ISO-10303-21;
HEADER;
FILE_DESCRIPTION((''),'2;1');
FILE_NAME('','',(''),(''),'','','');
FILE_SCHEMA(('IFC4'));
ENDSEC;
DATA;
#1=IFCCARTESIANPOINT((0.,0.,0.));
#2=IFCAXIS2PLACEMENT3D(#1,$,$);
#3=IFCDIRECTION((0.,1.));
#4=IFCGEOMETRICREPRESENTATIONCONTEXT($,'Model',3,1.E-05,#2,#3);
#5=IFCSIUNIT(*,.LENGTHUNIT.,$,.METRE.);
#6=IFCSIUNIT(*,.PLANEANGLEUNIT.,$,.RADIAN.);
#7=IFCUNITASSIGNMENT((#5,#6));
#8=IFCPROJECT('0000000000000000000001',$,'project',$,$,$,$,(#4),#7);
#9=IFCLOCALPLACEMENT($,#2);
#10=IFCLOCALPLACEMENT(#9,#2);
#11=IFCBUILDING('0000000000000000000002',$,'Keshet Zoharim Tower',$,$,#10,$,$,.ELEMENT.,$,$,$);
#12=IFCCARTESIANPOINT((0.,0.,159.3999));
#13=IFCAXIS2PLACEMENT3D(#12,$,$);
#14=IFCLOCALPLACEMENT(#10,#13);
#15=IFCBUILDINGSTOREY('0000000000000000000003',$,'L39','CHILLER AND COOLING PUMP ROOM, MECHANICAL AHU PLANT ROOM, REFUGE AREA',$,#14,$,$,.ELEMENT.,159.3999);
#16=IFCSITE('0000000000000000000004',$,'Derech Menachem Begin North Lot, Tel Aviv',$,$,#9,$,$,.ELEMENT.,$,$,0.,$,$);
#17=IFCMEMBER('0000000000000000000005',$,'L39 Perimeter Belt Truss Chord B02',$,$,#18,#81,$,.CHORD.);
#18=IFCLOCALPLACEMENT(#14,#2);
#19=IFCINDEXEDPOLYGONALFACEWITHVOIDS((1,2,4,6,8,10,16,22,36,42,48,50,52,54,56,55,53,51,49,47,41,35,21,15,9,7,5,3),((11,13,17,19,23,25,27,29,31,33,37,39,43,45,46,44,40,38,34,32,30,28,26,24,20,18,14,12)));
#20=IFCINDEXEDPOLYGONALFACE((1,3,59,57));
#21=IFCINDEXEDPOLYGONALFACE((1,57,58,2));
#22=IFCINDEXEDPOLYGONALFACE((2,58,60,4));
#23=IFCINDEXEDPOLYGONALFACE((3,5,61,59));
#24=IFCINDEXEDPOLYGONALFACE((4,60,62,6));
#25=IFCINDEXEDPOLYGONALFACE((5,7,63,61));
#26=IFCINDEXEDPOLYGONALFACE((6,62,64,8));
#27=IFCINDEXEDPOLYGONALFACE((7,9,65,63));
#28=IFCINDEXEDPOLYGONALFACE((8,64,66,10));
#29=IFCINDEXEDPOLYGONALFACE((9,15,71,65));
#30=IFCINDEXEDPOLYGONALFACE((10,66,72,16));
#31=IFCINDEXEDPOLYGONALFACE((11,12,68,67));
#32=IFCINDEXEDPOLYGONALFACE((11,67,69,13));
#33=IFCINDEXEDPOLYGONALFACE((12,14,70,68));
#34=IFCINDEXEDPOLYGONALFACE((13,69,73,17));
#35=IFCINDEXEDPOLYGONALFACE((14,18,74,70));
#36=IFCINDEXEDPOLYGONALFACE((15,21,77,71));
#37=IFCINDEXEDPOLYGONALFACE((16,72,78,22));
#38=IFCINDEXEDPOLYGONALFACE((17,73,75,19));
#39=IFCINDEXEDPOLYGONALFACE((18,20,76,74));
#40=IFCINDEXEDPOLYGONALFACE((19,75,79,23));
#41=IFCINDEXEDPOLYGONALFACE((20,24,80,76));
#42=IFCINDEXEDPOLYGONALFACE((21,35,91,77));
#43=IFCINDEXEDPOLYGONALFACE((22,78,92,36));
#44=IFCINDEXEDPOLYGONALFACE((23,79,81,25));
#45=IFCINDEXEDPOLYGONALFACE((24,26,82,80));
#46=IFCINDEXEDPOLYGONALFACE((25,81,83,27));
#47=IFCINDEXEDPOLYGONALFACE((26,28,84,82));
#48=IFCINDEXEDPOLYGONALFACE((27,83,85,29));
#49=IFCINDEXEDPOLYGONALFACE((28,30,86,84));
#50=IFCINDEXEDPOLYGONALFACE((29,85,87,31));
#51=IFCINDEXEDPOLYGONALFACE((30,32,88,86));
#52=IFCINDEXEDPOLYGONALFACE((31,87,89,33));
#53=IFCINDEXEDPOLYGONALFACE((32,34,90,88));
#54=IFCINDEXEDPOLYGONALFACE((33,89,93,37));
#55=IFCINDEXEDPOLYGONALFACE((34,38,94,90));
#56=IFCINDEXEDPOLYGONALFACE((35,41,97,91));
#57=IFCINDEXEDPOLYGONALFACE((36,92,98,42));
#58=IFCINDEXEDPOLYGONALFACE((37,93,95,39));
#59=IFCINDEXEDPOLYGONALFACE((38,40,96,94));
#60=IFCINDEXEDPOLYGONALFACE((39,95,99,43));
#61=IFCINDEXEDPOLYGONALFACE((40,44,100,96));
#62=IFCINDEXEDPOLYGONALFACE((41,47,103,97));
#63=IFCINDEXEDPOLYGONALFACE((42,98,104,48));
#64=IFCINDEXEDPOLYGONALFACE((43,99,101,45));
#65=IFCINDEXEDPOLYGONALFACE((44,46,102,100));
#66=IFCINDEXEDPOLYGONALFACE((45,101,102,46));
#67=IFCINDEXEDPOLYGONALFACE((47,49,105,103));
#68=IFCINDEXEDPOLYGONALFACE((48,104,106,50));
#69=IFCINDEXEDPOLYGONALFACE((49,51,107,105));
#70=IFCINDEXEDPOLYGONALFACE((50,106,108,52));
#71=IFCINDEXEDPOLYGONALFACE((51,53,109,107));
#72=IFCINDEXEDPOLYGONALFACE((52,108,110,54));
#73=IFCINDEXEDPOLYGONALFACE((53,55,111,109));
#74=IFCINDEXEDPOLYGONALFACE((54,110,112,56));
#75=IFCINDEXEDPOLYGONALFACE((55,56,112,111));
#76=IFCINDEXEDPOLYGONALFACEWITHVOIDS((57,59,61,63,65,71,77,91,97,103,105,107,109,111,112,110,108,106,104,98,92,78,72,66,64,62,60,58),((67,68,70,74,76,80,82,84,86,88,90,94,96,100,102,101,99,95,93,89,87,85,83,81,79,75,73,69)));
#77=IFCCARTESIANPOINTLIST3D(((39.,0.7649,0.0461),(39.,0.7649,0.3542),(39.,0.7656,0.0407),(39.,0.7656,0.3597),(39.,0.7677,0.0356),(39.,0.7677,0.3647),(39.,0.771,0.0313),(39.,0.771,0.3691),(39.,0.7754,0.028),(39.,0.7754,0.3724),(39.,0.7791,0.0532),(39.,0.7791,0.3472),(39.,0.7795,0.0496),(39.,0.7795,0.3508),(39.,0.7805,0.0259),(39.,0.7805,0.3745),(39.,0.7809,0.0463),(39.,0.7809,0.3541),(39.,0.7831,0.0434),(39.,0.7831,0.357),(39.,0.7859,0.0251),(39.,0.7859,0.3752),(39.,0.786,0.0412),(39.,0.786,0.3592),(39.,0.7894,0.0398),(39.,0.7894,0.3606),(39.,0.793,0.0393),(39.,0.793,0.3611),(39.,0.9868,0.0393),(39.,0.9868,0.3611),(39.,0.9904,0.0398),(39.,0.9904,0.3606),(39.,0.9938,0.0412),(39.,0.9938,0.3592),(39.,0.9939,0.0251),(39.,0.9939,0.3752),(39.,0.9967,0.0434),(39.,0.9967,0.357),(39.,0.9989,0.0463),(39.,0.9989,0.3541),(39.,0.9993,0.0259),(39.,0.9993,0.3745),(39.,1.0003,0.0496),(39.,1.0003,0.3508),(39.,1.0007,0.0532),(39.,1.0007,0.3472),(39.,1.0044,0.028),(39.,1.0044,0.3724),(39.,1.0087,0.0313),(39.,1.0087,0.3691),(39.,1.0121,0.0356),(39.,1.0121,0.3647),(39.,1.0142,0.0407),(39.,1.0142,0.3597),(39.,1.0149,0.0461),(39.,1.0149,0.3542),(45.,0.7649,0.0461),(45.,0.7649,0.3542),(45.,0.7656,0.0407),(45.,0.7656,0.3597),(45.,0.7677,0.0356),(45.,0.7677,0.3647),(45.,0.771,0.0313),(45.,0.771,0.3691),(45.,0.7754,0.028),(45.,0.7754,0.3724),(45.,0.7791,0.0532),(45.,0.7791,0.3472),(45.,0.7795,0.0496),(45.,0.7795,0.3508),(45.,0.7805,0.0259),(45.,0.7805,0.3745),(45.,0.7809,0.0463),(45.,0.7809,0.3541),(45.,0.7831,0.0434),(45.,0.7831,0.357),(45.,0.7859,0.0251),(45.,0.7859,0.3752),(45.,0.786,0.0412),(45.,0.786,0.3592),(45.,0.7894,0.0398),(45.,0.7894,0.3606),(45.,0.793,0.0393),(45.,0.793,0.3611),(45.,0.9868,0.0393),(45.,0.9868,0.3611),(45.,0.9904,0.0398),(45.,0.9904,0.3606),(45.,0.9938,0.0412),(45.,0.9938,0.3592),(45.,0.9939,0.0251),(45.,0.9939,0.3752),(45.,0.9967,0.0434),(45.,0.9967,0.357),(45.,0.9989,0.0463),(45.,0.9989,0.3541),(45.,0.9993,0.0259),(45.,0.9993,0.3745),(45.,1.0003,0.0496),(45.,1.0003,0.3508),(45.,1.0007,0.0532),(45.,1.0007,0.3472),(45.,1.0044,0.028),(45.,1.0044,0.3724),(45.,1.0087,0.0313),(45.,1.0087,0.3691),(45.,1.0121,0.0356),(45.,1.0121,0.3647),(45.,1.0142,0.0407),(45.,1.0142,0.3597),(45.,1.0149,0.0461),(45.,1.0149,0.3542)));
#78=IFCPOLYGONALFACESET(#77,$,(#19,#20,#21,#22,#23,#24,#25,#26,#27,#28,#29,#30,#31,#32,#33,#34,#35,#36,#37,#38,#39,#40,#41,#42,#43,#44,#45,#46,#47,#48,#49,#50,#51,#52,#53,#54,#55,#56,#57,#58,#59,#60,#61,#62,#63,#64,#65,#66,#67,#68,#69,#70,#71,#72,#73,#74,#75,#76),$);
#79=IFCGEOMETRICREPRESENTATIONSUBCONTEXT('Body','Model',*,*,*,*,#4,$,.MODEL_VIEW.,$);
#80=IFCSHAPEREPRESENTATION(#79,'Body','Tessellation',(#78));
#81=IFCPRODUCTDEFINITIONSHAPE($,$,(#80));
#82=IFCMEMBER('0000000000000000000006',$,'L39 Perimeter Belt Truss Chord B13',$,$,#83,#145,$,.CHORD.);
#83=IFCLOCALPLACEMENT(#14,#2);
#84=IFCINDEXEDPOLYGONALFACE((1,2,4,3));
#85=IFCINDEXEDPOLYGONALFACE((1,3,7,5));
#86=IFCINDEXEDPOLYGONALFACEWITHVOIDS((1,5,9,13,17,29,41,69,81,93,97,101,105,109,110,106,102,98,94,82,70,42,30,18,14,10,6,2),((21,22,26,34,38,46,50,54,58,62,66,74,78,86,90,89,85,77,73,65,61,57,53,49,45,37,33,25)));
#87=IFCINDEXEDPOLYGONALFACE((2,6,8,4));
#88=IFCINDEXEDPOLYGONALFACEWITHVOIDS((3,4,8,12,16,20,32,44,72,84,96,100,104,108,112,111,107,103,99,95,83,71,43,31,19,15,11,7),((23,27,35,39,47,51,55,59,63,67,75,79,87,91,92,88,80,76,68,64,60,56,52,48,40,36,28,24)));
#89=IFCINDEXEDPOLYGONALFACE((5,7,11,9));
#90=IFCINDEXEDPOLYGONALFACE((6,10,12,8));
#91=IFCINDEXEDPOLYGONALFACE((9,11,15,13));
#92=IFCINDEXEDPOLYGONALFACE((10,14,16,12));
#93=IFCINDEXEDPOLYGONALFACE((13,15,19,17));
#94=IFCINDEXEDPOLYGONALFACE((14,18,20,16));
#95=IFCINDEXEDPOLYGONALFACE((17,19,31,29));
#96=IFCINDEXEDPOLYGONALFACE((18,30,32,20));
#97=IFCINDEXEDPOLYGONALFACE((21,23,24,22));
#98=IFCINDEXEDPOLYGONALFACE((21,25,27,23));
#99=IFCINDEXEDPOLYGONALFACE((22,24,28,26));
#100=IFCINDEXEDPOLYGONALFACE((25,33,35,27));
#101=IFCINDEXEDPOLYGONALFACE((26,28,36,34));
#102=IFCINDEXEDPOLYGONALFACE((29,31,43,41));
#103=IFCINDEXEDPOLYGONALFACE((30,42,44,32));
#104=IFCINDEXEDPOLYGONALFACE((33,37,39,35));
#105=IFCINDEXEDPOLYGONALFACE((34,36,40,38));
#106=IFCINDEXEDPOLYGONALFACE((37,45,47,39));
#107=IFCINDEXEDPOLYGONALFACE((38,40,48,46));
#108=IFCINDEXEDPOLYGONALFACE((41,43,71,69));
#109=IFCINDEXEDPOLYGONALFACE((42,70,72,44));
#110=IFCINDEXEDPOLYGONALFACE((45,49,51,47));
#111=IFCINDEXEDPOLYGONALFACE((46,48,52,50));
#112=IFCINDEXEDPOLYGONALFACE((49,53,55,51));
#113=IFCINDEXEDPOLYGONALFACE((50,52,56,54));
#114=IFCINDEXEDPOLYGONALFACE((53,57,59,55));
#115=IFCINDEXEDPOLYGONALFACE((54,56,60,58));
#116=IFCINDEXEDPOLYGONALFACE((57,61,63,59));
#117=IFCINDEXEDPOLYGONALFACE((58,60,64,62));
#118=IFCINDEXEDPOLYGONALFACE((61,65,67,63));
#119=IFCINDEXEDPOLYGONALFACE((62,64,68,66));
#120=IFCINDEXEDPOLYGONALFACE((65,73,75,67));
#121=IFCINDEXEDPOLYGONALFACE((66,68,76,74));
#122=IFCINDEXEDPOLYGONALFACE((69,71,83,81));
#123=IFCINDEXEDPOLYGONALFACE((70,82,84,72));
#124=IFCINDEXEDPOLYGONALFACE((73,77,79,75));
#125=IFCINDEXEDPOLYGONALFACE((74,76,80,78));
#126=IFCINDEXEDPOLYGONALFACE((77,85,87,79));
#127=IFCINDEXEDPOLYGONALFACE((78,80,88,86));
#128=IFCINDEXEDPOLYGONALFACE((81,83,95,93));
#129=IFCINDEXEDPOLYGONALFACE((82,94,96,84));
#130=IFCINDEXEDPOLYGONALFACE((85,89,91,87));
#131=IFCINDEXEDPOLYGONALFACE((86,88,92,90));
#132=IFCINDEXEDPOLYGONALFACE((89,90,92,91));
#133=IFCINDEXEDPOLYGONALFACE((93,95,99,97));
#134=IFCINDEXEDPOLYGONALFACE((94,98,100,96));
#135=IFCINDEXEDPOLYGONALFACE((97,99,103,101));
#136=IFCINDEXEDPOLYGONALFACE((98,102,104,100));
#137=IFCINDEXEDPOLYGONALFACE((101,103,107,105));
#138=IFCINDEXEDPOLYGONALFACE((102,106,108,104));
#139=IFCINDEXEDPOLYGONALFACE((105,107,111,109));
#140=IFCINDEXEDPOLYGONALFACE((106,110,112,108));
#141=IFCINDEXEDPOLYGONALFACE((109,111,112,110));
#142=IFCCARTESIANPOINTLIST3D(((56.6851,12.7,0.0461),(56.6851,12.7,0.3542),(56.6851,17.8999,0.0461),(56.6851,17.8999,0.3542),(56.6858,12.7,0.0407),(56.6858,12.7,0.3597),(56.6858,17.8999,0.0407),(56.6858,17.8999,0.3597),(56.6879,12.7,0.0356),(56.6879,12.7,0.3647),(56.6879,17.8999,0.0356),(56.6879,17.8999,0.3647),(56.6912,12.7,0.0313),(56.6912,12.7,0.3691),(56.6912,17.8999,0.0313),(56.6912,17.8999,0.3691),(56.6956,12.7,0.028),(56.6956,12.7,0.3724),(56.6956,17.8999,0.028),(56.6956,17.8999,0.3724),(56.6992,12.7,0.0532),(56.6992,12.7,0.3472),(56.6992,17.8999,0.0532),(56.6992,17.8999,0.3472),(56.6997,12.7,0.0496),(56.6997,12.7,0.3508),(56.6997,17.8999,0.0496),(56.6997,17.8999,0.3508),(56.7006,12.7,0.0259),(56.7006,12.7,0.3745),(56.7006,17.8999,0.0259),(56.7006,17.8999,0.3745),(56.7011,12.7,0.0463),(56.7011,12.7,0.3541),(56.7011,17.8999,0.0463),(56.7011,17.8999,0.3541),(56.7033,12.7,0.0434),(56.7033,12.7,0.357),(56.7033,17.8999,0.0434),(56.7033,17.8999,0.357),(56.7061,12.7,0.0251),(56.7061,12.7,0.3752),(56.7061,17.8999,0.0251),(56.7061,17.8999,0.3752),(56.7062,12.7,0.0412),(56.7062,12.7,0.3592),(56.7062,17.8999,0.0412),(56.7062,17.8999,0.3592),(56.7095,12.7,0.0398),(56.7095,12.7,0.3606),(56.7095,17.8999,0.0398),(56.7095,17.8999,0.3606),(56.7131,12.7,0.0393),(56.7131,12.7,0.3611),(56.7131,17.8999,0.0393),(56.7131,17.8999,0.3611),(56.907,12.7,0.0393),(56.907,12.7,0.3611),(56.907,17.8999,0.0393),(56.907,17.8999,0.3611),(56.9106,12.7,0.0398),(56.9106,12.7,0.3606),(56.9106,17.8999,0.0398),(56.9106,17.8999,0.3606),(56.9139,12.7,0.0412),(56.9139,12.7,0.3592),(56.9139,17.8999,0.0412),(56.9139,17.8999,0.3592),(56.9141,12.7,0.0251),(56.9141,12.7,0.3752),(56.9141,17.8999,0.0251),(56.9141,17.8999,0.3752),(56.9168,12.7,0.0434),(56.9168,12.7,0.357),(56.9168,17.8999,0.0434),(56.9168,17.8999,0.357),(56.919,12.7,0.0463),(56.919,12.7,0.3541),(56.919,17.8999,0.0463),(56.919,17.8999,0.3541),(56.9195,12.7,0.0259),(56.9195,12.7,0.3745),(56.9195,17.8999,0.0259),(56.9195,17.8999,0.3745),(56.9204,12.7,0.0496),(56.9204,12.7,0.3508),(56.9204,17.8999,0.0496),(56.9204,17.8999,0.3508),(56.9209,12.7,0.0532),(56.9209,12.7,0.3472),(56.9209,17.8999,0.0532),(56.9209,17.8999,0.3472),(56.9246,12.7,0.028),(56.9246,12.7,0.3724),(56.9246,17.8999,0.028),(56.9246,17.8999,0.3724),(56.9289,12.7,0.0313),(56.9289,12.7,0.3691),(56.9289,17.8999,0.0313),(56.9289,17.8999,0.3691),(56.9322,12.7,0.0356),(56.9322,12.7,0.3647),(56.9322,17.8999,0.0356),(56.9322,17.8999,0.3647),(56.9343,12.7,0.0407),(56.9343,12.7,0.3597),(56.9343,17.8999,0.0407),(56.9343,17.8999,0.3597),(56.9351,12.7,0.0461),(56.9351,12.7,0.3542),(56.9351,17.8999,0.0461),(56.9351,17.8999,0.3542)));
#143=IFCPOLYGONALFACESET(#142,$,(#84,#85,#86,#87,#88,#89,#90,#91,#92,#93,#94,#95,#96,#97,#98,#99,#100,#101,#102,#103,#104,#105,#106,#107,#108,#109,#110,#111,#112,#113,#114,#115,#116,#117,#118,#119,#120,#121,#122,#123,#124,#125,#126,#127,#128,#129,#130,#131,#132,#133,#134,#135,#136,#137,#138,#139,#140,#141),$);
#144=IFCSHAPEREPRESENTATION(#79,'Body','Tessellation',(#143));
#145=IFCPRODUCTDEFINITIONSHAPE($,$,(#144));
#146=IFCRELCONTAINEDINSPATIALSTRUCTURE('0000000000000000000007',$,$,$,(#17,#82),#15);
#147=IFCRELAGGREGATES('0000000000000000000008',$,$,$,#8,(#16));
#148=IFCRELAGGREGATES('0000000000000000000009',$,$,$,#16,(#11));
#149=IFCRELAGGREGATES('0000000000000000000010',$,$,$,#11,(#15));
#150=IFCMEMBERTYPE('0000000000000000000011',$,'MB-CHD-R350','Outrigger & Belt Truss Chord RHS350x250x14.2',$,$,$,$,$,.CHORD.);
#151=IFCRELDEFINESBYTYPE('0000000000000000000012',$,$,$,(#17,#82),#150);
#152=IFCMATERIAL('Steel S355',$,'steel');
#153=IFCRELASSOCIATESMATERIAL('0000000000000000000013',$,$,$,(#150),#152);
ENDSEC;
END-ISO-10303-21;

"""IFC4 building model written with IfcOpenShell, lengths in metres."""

from ifc_helpers import new_model, si_unit, direction, frame, origin, origin_2d, place, context, subcontext, project, spatial, hollow_rectangle, extrude, material, material_profile, profile_set, type_object, element, save


model = new_model("IFC4")

# Units and contexts
model_context = context("Model", 3, precision=1e-05, world=origin(), true_north=direction((0.0, 1.0)))
body_context = subcontext(model_context, "Body", "Model", "MODEL_VIEW")
ifc_project = project(units=[si_unit("LENGTHUNIT", "METRE"), si_unit("PLANEANGLEUNIT", "RADIAN")], contexts=[model_context])

# Site, building, storey
site_placement = place(None, origin())
site = spatial("IfcSite", under=ifc_project, at=site_placement, Name="Derech Menachem Begin North Lot, Tel Aviv", CompositionType="ELEMENT", RefElevation=0.0)
building_placement = place(site_placement, origin())
building = spatial("IfcBuilding", under=site, at=building_placement, Name="Keshet Zoharim Tower", CompositionType="ELEMENT")
storey_placement = place(building_placement, frame((0.0, 0.0, 159.3999)))
storey = spatial("IfcBuildingStorey", under=building, at=storey_placement, Name="L39", Description="CHILLER AND COOLING PUMP ROOM, MECHANICAL AHU PLANT ROOM, REFUGE AREA", CompositionType="ELEMENT", Elevation=159.3999)

# Shared definitions
ifc_material_1 = material(Name="Steel S355", Category="steel")

# Members
ifc_material_profile_1 = material_profile(ifc_material_1, hollow_rectangle(XDim=0.25, YDim=0.3501, WallThickness=0.0142, InnerFilletRadius=0.0139, OuterFilletRadius=0.021, at=origin_2d()), Name="RHS350x250x14.2")
ifc_profile_set_1 = profile_set([ifc_material_profile_1], Name="Steel S355")
member_type_1 = type_object("IfcMemberType", Name="MB-CHD-R350", Description="Outrigger & Belt Truss Chord RHS350x250x14.2", PredefinedType="CHORD", material=ifc_profile_set_1)
for number, where, z_axis, x_axis, name in (
    (1, (45.0, 0.8899, 0.2002), (-1.0, 0.0, 0.0), (0.0, -1.0, 0.0), "L39 Perimeter Belt Truss Chord B02"),
):
    element("IfcMember", number, at=place(storey_placement, frame(where, z_axis=z_axis, x_axis=x_axis)), inside=storey, type_object=member_type_1, Name=name, PredefinedType="CHORD", context=body_context, shape_type="SweptSolid", body=[
        extrude(hollow_rectangle(XDim=0.25, YDim=0.3501, WallThickness=0.0142, InnerFilletRadius=0.0139, OuterFilletRadius=0.021, at=origin_2d()), origin(), (0.0, 0.0, 1.0), 6.0),
    ])
member_1_placement = place(storey_placement, frame((56.8101, 17.8999, 0.2002), z_axis=(0.0, -1.0, 0.0), x_axis=(1.0, 0.0, 0.0)))
element("IfcMember", 2, at=member_1_placement, inside=storey, type_object=member_type_1, Name="L39 Perimeter Belt Truss Chord B13", PredefinedType="CHORD", context=body_context, shape_type="SweptSolid", body=[
    extrude(hollow_rectangle(XDim=0.25, YDim=0.3501, WallThickness=0.0142, InnerFilletRadius=0.0139, OuterFilletRadius=0.021, at=origin_2d()), origin(), (0.0, 0.0, 1.0), 5.2),
])

save(model, "model.ifc")
